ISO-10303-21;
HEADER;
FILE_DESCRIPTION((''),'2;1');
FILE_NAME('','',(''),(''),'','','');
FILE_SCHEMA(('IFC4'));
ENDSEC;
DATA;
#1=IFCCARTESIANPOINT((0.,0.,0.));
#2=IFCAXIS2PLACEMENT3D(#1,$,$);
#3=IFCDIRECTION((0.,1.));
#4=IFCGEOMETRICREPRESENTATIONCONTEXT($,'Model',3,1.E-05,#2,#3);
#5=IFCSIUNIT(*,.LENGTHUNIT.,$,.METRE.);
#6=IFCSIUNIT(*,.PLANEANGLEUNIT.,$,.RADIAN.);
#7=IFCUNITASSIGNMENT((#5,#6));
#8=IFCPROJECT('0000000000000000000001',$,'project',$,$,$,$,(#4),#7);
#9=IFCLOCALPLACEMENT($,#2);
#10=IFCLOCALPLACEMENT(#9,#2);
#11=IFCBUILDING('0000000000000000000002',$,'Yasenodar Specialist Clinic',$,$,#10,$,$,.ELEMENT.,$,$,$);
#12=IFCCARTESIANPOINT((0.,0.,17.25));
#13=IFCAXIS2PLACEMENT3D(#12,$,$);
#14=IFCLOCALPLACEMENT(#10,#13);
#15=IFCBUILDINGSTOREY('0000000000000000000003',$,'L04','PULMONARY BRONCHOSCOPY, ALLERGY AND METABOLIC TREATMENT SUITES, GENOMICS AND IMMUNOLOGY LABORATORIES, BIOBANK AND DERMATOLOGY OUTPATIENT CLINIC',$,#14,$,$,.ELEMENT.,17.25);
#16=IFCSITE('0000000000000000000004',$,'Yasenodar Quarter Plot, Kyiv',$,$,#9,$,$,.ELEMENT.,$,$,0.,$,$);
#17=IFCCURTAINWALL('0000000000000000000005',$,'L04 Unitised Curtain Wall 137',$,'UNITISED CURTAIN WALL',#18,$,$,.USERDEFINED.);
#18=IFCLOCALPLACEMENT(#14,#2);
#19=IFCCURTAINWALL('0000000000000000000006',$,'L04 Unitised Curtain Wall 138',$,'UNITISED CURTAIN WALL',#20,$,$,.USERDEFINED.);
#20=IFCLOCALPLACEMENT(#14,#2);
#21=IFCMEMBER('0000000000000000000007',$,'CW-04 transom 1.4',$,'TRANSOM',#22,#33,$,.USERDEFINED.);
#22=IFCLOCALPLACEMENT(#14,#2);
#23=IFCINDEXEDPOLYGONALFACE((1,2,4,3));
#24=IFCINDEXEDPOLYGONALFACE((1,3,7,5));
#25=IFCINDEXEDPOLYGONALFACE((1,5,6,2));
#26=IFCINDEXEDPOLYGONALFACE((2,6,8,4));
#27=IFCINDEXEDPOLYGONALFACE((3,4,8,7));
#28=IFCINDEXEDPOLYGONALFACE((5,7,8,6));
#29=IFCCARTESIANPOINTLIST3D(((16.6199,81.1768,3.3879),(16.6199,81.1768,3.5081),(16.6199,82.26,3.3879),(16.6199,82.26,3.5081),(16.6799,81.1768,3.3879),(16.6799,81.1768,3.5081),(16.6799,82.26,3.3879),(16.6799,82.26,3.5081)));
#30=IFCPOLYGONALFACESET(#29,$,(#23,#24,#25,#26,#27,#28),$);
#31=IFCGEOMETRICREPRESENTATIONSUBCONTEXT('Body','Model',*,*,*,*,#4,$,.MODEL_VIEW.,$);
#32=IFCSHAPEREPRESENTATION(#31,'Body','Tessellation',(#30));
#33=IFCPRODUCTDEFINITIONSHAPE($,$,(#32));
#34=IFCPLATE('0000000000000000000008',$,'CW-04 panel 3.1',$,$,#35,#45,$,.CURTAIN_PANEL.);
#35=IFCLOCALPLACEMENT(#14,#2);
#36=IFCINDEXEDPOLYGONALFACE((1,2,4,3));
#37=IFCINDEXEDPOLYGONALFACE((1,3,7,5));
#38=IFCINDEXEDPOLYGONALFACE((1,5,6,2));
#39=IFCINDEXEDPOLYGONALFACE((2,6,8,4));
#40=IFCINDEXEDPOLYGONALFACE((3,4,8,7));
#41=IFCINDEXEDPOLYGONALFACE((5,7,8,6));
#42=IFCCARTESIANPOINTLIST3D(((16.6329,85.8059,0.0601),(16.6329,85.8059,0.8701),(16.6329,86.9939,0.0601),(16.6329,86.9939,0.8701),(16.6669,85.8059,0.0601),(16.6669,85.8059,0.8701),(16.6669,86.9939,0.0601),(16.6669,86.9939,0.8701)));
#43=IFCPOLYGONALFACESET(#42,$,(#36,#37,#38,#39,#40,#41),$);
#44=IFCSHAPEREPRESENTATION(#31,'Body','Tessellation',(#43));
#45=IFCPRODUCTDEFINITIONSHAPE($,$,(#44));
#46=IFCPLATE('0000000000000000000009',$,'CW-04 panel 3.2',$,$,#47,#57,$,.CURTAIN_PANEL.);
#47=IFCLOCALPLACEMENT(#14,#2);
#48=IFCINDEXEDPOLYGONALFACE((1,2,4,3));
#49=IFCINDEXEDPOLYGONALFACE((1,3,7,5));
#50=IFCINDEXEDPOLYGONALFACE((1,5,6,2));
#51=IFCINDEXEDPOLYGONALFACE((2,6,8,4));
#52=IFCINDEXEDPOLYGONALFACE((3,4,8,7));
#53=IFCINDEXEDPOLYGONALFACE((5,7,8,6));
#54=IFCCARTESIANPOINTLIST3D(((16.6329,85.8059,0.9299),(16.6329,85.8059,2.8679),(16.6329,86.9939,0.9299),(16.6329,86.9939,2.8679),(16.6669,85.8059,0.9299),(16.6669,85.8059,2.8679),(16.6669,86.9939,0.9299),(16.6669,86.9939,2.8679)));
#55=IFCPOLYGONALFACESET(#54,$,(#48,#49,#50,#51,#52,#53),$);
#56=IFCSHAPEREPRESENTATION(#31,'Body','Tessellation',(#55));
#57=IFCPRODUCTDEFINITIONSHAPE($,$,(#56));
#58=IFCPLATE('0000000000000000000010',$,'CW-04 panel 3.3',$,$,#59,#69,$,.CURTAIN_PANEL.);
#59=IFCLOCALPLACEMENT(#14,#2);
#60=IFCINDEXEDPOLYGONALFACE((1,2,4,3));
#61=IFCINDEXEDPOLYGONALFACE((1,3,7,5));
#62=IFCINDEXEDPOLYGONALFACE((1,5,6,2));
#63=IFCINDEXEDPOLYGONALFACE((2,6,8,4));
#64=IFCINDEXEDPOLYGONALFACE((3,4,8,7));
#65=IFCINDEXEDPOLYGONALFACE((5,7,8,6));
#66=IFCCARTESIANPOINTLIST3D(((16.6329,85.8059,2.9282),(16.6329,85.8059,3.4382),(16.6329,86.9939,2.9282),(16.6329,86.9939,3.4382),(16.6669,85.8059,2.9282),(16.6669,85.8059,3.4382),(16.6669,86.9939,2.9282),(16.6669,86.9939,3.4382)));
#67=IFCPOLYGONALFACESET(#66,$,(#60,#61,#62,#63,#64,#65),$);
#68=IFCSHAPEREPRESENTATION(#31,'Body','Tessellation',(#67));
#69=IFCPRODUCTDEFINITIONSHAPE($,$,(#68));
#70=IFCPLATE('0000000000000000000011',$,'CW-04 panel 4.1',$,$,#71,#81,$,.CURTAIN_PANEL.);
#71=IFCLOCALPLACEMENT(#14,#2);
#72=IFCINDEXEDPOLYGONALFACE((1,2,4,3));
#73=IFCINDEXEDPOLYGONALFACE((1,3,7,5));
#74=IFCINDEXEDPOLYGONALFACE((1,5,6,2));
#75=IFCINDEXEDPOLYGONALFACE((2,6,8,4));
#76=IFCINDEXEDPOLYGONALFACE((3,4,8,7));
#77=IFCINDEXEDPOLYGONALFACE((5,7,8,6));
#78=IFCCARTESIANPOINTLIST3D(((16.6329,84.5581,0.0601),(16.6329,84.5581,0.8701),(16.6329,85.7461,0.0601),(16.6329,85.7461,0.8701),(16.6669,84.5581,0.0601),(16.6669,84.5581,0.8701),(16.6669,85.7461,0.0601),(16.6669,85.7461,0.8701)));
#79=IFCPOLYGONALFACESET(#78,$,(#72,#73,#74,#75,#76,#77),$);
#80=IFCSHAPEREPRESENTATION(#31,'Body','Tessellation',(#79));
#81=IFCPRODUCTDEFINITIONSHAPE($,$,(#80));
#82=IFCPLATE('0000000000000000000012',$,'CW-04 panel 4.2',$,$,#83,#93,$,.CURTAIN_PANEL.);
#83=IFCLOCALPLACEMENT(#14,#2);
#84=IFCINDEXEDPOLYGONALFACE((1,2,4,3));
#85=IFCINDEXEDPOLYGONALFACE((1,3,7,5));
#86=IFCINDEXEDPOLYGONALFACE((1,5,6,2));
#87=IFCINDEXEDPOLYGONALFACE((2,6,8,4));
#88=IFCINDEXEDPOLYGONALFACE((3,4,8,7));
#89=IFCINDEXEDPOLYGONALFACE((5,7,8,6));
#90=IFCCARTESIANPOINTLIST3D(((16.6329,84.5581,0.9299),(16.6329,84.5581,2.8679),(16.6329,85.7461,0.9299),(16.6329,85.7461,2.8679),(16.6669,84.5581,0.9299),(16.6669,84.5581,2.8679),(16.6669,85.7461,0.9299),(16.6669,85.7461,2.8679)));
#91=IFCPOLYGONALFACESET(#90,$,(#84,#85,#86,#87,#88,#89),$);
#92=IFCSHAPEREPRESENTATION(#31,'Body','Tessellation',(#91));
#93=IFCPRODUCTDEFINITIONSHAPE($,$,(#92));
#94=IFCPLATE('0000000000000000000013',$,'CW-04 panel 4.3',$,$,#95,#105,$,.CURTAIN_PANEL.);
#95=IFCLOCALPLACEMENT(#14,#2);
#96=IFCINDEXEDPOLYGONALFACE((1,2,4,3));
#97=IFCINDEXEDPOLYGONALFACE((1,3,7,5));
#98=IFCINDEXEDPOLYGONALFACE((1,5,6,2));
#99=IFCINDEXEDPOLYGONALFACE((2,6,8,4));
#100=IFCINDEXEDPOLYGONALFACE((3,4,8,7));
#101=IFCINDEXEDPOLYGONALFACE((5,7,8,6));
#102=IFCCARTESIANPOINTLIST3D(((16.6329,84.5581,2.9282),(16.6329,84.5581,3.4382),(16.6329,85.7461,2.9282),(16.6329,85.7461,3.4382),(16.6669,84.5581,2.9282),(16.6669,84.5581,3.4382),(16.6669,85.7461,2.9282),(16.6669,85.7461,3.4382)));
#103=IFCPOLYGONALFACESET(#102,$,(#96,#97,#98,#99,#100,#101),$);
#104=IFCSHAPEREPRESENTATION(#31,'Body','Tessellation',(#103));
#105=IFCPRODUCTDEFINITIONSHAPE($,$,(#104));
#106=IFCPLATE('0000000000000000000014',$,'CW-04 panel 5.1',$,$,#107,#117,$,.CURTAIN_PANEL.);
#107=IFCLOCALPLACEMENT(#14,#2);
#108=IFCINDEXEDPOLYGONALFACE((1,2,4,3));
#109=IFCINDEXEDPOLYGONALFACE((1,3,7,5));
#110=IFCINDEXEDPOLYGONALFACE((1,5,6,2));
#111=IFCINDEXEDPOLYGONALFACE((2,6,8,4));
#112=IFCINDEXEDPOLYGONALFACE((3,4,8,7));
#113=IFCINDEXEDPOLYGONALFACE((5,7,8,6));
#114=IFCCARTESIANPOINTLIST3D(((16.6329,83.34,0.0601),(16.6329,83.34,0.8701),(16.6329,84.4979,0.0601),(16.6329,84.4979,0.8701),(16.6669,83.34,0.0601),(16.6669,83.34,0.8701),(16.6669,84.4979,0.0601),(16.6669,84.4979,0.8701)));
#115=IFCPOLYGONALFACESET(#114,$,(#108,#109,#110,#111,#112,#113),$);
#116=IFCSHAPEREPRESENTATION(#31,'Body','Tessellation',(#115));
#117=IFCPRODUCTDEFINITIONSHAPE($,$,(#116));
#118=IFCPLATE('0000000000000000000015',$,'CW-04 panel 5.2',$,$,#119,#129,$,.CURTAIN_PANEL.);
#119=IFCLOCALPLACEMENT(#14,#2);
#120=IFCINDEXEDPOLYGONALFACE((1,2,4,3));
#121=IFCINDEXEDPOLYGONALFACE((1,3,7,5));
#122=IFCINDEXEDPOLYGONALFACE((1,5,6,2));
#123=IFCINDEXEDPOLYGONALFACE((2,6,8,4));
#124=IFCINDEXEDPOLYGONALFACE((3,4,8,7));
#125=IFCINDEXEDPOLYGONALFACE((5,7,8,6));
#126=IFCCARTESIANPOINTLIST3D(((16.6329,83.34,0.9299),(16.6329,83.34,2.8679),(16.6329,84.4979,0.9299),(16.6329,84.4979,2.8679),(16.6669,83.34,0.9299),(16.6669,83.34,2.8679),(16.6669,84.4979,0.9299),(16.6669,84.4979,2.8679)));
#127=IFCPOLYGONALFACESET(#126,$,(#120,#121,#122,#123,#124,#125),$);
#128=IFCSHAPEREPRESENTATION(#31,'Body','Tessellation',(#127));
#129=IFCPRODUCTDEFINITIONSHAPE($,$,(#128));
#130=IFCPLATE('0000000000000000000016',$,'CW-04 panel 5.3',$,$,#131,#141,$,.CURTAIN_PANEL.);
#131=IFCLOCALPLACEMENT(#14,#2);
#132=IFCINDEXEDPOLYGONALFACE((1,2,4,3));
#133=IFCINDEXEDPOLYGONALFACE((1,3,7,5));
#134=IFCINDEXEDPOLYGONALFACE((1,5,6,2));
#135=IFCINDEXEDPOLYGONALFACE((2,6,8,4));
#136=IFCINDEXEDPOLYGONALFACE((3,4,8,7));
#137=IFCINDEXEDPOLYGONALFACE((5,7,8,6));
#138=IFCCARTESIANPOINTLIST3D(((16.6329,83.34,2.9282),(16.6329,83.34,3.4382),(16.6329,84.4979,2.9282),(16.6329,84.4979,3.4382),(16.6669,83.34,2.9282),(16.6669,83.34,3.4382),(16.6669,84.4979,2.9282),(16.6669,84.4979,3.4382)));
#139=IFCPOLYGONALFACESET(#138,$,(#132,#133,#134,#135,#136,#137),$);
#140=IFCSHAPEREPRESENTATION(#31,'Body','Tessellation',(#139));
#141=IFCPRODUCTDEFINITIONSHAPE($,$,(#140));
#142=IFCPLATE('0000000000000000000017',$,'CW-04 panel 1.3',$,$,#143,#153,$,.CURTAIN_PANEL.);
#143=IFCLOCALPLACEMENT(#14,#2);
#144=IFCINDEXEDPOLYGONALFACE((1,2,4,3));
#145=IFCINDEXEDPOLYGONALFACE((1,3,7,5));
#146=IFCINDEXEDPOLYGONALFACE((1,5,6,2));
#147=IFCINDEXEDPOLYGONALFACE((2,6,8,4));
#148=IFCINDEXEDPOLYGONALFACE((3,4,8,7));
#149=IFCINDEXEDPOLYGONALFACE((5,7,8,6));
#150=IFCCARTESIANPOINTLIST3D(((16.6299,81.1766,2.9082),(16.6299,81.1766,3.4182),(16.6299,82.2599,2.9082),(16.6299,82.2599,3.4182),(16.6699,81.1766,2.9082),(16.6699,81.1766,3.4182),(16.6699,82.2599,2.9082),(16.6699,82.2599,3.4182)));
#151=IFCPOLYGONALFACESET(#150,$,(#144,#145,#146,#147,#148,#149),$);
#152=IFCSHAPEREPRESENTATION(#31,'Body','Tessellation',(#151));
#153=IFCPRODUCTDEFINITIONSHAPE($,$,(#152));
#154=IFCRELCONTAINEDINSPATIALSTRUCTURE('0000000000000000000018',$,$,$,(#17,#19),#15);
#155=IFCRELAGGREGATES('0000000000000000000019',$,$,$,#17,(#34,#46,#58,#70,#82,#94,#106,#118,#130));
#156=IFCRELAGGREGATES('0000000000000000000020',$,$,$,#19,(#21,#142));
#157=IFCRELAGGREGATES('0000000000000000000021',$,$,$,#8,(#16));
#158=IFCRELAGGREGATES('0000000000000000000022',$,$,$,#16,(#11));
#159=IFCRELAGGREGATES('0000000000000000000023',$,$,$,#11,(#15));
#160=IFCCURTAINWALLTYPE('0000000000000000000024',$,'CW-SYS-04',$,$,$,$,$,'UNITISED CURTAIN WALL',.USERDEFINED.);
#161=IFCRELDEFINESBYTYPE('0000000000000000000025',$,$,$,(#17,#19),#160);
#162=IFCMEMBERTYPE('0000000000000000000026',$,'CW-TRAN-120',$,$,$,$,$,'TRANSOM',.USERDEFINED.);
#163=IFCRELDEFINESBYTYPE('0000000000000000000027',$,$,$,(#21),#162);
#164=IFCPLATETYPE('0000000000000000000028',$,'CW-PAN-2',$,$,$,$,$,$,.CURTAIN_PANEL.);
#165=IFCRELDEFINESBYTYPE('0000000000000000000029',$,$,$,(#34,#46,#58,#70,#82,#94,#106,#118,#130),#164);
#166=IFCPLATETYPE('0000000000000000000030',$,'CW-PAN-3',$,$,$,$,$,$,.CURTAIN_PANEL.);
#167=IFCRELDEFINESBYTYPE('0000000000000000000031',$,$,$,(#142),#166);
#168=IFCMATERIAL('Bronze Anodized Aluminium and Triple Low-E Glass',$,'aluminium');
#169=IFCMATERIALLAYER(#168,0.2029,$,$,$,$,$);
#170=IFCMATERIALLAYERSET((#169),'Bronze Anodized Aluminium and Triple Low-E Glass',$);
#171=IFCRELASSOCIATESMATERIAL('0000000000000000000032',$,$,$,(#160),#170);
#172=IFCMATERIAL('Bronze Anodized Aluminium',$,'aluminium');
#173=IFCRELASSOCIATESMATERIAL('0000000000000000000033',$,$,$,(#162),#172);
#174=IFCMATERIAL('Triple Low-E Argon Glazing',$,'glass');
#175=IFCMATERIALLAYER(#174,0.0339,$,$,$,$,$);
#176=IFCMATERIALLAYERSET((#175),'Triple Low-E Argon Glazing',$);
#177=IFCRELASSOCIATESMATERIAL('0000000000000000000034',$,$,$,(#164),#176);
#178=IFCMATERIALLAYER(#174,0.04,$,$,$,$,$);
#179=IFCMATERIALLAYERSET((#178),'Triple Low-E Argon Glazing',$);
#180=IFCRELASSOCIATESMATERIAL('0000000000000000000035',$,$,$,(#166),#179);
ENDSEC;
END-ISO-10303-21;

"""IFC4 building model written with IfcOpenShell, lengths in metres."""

from ifc_helpers import new_model, si_unit, direction, frame, origin, origin_2d, place, context, subcontext, project, spatial, rectangle, extrude, material, layer, layer_set, material_profile, profile_set, type_object, element, aggregate, save


model = new_model("IFC4")

# Units and contexts
model_context = context("Model", 3, precision=1e-05, world=origin(), true_north=direction((0.0, 1.0)))
body_context = subcontext(model_context, "Body", "Model", "MODEL_VIEW")
ifc_project = project(units=[si_unit("LENGTHUNIT", "METRE"), si_unit("PLANEANGLEUNIT", "RADIAN")], contexts=[model_context])

# Site, building, storey
site_placement = place(None, origin())
site = spatial("IfcSite", under=ifc_project, at=site_placement, Name="Yasenodar Quarter Plot, Kyiv", CompositionType="ELEMENT", RefElevation=0.0)
building_placement = place(site_placement, origin())
building = spatial("IfcBuilding", under=site, at=building_placement, Name="Yasenodar Specialist Clinic", CompositionType="ELEMENT")
storey_placement = place(building_placement, frame((0.0, 0.0, 17.25)))
storey = spatial("IfcBuildingStorey", under=building, at=storey_placement, Name="L04", Description="PULMONARY BRONCHOSCOPY, ALLERGY AND METABOLIC TREATMENT SUITES, GENOMICS AND IMMUNOLOGY LABORATORIES, BIOBANK AND DERMATOLOGY OUTPATIENT CLINIC", CompositionType="ELEMENT", Elevation=17.25)

# Curtain wall
ifc_material_1 = material(Name="Bronze Anodized Aluminium and Triple Low-E Glass", Category="aluminium")
ifc_layer_1 = layer(ifc_material_1, 0.2029)
ifc_layer_set_1 = layer_set([ifc_layer_1], Name="Bronze Anodized Aluminium and Triple Low-E Glass")
curtain_wall_type = type_object("IfcCurtainWallType", Name="CW-SYS-04", ElementType="UNITISED CURTAIN WALL", PredefinedType="USERDEFINED", material=ifc_layer_set_1)
curtain_wall_1_placement = place(storey_placement, origin())
curtain_wall_1 = element("IfcCurtainWall", 1, at=curtain_wall_1_placement, inside=storey, type_object=curtain_wall_type, Name="L04 Unitised Curtain Wall 137", ObjectType="UNITISED CURTAIN WALL", PredefinedType="USERDEFINED")
ifc_material_2 = material(Name="Bronze Anodized Aluminium", Category="aluminium")

# Curtain wall
curtain_wall_2_placement = place(storey_placement, origin())
curtain_wall_2 = element("IfcCurtainWall", 2, at=curtain_wall_2_placement, inside=storey, type_object=curtain_wall_type, Name="L04 Unitised Curtain Wall 138", ObjectType="UNITISED CURTAIN WALL", PredefinedType="USERDEFINED")

# Member
ifc_material_profile_1 = material_profile(ifc_material_2, rectangle(XDim=0.0601, YDim=0.1201, at=origin_2d()), Name="CW-TRAN 60x120")
ifc_profile_set_1 = profile_set([ifc_material_profile_1], Name="Bronze Anodized Aluminium")
member_type_1 = type_object("IfcMemberType", Name="CW-TRAN-120", ElementType="TRANSOM", PredefinedType="USERDEFINED", material=ifc_profile_set_1)
member_1_placement = place(storey_placement, frame((16.6499, 82.26, 3.448), z_axis=(0.0, -1.0, 0.0), x_axis=(1.0, 0.0, 0.0)))
member_1 = element("IfcMember", 3, at=member_1_placement, type_object=member_type_1, Name="CW-04 transom 1.4", ObjectType="TRANSOM", PredefinedType="USERDEFINED", context=body_context, shape_type="SweptSolid", body=[
    extrude(rectangle(XDim=0.0601, YDim=0.1201, at=origin_2d()), origin(), (0.0, 0.0, 1.0), 1.0833),
])

# Plates
ifc_material_3 = material(Name="Triple Low-E Argon Glazing", Category="glass")
ifc_layer_2 = layer(ifc_material_3, 0.0339)
ifc_layer_set_2 = layer_set([ifc_layer_2], Name="Triple Low-E Argon Glazing")
plate_type_1 = type_object("IfcPlateType", Name="CW-PAN-2", PredefinedType="CURTAIN_PANEL", material=ifc_layer_set_2)
plate_1_placement = place(storey_placement, frame((16.6499, 86.3999, 0.0601), z_axis=(0.0, 0.0, 1.0), x_axis=(0.0, -1.0, 0.0)))
plate_1 = element("IfcPlate", 4, at=plate_1_placement, type_object=plate_type_1, Name="CW-04 panel 3.1", PredefinedType="CURTAIN_PANEL", context=body_context, shape_type="SweptSolid", body=[
    extrude(rectangle(XDim=1.188, YDim=0.0339, at=origin_2d()), origin(), (0.0, 0.0, 1.0), 0.8101),
])
plate_2_placement = place(storey_placement, frame((16.6499, 86.3999, 0.9299), z_axis=(0.0, 0.0, 1.0), x_axis=(0.0, -1.0, 0.0)))
plate_2 = element("IfcPlate", 5, at=plate_2_placement, type_object=plate_type_1, Name="CW-04 panel 3.2", PredefinedType="CURTAIN_PANEL", context=body_context, shape_type="SweptSolid", body=[
    extrude(rectangle(XDim=1.188, YDim=0.0339, at=origin_2d()), origin(), (0.0, 0.0, 1.0), 1.938),
])
plate_3_placement = place(storey_placement, frame((16.6499, 86.3999, 2.9282), z_axis=(0.0, 0.0, 1.0), x_axis=(0.0, -1.0, 0.0)))
plate_3 = element("IfcPlate", 6, at=plate_3_placement, type_object=plate_type_1, Name="CW-04 panel 3.3", PredefinedType="CURTAIN_PANEL", context=body_context, shape_type="SweptSolid", body=[
    extrude(rectangle(XDim=1.188, YDim=0.0339, at=origin_2d()), origin(), (0.0, 0.0, 1.0), 0.51),
])
plate_4_placement = place(storey_placement, frame((16.6499, 85.1521, 0.0601), z_axis=(0.0, 0.0, 1.0), x_axis=(0.0, -1.0, 0.0)))
plate_4 = element("IfcPlate", 7, at=plate_4_placement, type_object=plate_type_1, Name="CW-04 panel 4.1", PredefinedType="CURTAIN_PANEL", context=body_context, shape_type="SweptSolid", body=[
    extrude(rectangle(XDim=1.188, YDim=0.0339, at=origin_2d()), origin(), (0.0, 0.0, 1.0), 0.8101),
])
plate_5_placement = place(storey_placement, frame((16.6499, 85.1521, 0.9299), z_axis=(0.0, 0.0, 1.0), x_axis=(0.0, -1.0, 0.0)))
plate_5 = element("IfcPlate", 8, at=plate_5_placement, type_object=plate_type_1, Name="CW-04 panel 4.2", PredefinedType="CURTAIN_PANEL", context=body_context, shape_type="SweptSolid", body=[
    extrude(rectangle(XDim=1.188, YDim=0.0339, at=origin_2d()), origin(), (0.0, 0.0, 1.0), 1.938),
])
plate_6_placement = place(storey_placement, frame((16.6499, 85.1521, 2.9282), z_axis=(0.0, 0.0, 1.0), x_axis=(0.0, -1.0, 0.0)))
plate_6 = element("IfcPlate", 9, at=plate_6_placement, type_object=plate_type_1, Name="CW-04 panel 4.3", PredefinedType="CURTAIN_PANEL", context=body_context, shape_type="SweptSolid", body=[
    extrude(rectangle(XDim=1.188, YDim=0.0339, at=origin_2d()), origin(), (0.0, 0.0, 1.0), 0.51),
])
plate_7_placement = place(storey_placement, frame((16.6499, 83.9189, 0.0601), z_axis=(0.0, 0.0, 1.0), x_axis=(0.0, -1.0, 0.0)))
plate_7 = element("IfcPlate", 10, at=plate_7_placement, type_object=plate_type_1, Name="CW-04 panel 5.1", PredefinedType="CURTAIN_PANEL", context=body_context, shape_type="SweptSolid", body=[
    extrude(rectangle(XDim=1.158, YDim=0.0339, at=origin_2d()), origin(), (0.0, 0.0, 1.0), 0.8101),
])
plate_8_placement = place(storey_placement, frame((16.6499, 83.9189, 0.9299), z_axis=(0.0, 0.0, 1.0), x_axis=(0.0, -1.0, 0.0)))
plate_8 = element("IfcPlate", 11, at=plate_8_placement, type_object=plate_type_1, Name="CW-04 panel 5.2", PredefinedType="CURTAIN_PANEL", context=body_context, shape_type="SweptSolid", body=[
    extrude(rectangle(XDim=1.158, YDim=0.0339, at=origin_2d()), origin(), (0.0, 0.0, 1.0), 1.938),
])
plate_9_placement = place(storey_placement, frame((16.6499, 83.9189, 2.9282), z_axis=(0.0, 0.0, 1.0), x_axis=(0.0, -1.0, 0.0)))
plate_9 = element("IfcPlate", 12, at=plate_9_placement, type_object=plate_type_1, Name="CW-04 panel 5.3", PredefinedType="CURTAIN_PANEL", context=body_context, shape_type="SweptSolid", body=[
    extrude(rectangle(XDim=1.158, YDim=0.0339, at=origin_2d()), origin(), (0.0, 0.0, 1.0), 0.51),
])
aggregate(curtain_wall_1, [plate_1, plate_2, plate_3, plate_4, plate_5, plate_6, plate_7, plate_8, plate_9])
ifc_layer_3 = layer(ifc_material_3, 0.04)
ifc_layer_set_3 = layer_set([ifc_layer_3], Name="Triple Low-E Argon Glazing")
plate_type_2 = type_object("IfcPlateType", Name="CW-PAN-3", PredefinedType="CURTAIN_PANEL", material=ifc_layer_set_3)
plate_10_placement = place(storey_placement, frame((16.6499, 81.7183, 2.9082), z_axis=(0.0, 0.0, 1.0), x_axis=(0.0, -1.0, 0.0)))
plate_10 = element("IfcPlate", 13, at=plate_10_placement, type_object=plate_type_2, Name="CW-04 panel 1.3", PredefinedType="CURTAIN_PANEL", context=body_context, shape_type="SweptSolid", body=[
    extrude(rectangle(XDim=1.0833, YDim=0.04, at=origin_2d()), origin(), (0.0, 0.0, 1.0), 0.51),
])
aggregate(curtain_wall_2, [member_1, plate_10])

save(model, "model.ifc")
